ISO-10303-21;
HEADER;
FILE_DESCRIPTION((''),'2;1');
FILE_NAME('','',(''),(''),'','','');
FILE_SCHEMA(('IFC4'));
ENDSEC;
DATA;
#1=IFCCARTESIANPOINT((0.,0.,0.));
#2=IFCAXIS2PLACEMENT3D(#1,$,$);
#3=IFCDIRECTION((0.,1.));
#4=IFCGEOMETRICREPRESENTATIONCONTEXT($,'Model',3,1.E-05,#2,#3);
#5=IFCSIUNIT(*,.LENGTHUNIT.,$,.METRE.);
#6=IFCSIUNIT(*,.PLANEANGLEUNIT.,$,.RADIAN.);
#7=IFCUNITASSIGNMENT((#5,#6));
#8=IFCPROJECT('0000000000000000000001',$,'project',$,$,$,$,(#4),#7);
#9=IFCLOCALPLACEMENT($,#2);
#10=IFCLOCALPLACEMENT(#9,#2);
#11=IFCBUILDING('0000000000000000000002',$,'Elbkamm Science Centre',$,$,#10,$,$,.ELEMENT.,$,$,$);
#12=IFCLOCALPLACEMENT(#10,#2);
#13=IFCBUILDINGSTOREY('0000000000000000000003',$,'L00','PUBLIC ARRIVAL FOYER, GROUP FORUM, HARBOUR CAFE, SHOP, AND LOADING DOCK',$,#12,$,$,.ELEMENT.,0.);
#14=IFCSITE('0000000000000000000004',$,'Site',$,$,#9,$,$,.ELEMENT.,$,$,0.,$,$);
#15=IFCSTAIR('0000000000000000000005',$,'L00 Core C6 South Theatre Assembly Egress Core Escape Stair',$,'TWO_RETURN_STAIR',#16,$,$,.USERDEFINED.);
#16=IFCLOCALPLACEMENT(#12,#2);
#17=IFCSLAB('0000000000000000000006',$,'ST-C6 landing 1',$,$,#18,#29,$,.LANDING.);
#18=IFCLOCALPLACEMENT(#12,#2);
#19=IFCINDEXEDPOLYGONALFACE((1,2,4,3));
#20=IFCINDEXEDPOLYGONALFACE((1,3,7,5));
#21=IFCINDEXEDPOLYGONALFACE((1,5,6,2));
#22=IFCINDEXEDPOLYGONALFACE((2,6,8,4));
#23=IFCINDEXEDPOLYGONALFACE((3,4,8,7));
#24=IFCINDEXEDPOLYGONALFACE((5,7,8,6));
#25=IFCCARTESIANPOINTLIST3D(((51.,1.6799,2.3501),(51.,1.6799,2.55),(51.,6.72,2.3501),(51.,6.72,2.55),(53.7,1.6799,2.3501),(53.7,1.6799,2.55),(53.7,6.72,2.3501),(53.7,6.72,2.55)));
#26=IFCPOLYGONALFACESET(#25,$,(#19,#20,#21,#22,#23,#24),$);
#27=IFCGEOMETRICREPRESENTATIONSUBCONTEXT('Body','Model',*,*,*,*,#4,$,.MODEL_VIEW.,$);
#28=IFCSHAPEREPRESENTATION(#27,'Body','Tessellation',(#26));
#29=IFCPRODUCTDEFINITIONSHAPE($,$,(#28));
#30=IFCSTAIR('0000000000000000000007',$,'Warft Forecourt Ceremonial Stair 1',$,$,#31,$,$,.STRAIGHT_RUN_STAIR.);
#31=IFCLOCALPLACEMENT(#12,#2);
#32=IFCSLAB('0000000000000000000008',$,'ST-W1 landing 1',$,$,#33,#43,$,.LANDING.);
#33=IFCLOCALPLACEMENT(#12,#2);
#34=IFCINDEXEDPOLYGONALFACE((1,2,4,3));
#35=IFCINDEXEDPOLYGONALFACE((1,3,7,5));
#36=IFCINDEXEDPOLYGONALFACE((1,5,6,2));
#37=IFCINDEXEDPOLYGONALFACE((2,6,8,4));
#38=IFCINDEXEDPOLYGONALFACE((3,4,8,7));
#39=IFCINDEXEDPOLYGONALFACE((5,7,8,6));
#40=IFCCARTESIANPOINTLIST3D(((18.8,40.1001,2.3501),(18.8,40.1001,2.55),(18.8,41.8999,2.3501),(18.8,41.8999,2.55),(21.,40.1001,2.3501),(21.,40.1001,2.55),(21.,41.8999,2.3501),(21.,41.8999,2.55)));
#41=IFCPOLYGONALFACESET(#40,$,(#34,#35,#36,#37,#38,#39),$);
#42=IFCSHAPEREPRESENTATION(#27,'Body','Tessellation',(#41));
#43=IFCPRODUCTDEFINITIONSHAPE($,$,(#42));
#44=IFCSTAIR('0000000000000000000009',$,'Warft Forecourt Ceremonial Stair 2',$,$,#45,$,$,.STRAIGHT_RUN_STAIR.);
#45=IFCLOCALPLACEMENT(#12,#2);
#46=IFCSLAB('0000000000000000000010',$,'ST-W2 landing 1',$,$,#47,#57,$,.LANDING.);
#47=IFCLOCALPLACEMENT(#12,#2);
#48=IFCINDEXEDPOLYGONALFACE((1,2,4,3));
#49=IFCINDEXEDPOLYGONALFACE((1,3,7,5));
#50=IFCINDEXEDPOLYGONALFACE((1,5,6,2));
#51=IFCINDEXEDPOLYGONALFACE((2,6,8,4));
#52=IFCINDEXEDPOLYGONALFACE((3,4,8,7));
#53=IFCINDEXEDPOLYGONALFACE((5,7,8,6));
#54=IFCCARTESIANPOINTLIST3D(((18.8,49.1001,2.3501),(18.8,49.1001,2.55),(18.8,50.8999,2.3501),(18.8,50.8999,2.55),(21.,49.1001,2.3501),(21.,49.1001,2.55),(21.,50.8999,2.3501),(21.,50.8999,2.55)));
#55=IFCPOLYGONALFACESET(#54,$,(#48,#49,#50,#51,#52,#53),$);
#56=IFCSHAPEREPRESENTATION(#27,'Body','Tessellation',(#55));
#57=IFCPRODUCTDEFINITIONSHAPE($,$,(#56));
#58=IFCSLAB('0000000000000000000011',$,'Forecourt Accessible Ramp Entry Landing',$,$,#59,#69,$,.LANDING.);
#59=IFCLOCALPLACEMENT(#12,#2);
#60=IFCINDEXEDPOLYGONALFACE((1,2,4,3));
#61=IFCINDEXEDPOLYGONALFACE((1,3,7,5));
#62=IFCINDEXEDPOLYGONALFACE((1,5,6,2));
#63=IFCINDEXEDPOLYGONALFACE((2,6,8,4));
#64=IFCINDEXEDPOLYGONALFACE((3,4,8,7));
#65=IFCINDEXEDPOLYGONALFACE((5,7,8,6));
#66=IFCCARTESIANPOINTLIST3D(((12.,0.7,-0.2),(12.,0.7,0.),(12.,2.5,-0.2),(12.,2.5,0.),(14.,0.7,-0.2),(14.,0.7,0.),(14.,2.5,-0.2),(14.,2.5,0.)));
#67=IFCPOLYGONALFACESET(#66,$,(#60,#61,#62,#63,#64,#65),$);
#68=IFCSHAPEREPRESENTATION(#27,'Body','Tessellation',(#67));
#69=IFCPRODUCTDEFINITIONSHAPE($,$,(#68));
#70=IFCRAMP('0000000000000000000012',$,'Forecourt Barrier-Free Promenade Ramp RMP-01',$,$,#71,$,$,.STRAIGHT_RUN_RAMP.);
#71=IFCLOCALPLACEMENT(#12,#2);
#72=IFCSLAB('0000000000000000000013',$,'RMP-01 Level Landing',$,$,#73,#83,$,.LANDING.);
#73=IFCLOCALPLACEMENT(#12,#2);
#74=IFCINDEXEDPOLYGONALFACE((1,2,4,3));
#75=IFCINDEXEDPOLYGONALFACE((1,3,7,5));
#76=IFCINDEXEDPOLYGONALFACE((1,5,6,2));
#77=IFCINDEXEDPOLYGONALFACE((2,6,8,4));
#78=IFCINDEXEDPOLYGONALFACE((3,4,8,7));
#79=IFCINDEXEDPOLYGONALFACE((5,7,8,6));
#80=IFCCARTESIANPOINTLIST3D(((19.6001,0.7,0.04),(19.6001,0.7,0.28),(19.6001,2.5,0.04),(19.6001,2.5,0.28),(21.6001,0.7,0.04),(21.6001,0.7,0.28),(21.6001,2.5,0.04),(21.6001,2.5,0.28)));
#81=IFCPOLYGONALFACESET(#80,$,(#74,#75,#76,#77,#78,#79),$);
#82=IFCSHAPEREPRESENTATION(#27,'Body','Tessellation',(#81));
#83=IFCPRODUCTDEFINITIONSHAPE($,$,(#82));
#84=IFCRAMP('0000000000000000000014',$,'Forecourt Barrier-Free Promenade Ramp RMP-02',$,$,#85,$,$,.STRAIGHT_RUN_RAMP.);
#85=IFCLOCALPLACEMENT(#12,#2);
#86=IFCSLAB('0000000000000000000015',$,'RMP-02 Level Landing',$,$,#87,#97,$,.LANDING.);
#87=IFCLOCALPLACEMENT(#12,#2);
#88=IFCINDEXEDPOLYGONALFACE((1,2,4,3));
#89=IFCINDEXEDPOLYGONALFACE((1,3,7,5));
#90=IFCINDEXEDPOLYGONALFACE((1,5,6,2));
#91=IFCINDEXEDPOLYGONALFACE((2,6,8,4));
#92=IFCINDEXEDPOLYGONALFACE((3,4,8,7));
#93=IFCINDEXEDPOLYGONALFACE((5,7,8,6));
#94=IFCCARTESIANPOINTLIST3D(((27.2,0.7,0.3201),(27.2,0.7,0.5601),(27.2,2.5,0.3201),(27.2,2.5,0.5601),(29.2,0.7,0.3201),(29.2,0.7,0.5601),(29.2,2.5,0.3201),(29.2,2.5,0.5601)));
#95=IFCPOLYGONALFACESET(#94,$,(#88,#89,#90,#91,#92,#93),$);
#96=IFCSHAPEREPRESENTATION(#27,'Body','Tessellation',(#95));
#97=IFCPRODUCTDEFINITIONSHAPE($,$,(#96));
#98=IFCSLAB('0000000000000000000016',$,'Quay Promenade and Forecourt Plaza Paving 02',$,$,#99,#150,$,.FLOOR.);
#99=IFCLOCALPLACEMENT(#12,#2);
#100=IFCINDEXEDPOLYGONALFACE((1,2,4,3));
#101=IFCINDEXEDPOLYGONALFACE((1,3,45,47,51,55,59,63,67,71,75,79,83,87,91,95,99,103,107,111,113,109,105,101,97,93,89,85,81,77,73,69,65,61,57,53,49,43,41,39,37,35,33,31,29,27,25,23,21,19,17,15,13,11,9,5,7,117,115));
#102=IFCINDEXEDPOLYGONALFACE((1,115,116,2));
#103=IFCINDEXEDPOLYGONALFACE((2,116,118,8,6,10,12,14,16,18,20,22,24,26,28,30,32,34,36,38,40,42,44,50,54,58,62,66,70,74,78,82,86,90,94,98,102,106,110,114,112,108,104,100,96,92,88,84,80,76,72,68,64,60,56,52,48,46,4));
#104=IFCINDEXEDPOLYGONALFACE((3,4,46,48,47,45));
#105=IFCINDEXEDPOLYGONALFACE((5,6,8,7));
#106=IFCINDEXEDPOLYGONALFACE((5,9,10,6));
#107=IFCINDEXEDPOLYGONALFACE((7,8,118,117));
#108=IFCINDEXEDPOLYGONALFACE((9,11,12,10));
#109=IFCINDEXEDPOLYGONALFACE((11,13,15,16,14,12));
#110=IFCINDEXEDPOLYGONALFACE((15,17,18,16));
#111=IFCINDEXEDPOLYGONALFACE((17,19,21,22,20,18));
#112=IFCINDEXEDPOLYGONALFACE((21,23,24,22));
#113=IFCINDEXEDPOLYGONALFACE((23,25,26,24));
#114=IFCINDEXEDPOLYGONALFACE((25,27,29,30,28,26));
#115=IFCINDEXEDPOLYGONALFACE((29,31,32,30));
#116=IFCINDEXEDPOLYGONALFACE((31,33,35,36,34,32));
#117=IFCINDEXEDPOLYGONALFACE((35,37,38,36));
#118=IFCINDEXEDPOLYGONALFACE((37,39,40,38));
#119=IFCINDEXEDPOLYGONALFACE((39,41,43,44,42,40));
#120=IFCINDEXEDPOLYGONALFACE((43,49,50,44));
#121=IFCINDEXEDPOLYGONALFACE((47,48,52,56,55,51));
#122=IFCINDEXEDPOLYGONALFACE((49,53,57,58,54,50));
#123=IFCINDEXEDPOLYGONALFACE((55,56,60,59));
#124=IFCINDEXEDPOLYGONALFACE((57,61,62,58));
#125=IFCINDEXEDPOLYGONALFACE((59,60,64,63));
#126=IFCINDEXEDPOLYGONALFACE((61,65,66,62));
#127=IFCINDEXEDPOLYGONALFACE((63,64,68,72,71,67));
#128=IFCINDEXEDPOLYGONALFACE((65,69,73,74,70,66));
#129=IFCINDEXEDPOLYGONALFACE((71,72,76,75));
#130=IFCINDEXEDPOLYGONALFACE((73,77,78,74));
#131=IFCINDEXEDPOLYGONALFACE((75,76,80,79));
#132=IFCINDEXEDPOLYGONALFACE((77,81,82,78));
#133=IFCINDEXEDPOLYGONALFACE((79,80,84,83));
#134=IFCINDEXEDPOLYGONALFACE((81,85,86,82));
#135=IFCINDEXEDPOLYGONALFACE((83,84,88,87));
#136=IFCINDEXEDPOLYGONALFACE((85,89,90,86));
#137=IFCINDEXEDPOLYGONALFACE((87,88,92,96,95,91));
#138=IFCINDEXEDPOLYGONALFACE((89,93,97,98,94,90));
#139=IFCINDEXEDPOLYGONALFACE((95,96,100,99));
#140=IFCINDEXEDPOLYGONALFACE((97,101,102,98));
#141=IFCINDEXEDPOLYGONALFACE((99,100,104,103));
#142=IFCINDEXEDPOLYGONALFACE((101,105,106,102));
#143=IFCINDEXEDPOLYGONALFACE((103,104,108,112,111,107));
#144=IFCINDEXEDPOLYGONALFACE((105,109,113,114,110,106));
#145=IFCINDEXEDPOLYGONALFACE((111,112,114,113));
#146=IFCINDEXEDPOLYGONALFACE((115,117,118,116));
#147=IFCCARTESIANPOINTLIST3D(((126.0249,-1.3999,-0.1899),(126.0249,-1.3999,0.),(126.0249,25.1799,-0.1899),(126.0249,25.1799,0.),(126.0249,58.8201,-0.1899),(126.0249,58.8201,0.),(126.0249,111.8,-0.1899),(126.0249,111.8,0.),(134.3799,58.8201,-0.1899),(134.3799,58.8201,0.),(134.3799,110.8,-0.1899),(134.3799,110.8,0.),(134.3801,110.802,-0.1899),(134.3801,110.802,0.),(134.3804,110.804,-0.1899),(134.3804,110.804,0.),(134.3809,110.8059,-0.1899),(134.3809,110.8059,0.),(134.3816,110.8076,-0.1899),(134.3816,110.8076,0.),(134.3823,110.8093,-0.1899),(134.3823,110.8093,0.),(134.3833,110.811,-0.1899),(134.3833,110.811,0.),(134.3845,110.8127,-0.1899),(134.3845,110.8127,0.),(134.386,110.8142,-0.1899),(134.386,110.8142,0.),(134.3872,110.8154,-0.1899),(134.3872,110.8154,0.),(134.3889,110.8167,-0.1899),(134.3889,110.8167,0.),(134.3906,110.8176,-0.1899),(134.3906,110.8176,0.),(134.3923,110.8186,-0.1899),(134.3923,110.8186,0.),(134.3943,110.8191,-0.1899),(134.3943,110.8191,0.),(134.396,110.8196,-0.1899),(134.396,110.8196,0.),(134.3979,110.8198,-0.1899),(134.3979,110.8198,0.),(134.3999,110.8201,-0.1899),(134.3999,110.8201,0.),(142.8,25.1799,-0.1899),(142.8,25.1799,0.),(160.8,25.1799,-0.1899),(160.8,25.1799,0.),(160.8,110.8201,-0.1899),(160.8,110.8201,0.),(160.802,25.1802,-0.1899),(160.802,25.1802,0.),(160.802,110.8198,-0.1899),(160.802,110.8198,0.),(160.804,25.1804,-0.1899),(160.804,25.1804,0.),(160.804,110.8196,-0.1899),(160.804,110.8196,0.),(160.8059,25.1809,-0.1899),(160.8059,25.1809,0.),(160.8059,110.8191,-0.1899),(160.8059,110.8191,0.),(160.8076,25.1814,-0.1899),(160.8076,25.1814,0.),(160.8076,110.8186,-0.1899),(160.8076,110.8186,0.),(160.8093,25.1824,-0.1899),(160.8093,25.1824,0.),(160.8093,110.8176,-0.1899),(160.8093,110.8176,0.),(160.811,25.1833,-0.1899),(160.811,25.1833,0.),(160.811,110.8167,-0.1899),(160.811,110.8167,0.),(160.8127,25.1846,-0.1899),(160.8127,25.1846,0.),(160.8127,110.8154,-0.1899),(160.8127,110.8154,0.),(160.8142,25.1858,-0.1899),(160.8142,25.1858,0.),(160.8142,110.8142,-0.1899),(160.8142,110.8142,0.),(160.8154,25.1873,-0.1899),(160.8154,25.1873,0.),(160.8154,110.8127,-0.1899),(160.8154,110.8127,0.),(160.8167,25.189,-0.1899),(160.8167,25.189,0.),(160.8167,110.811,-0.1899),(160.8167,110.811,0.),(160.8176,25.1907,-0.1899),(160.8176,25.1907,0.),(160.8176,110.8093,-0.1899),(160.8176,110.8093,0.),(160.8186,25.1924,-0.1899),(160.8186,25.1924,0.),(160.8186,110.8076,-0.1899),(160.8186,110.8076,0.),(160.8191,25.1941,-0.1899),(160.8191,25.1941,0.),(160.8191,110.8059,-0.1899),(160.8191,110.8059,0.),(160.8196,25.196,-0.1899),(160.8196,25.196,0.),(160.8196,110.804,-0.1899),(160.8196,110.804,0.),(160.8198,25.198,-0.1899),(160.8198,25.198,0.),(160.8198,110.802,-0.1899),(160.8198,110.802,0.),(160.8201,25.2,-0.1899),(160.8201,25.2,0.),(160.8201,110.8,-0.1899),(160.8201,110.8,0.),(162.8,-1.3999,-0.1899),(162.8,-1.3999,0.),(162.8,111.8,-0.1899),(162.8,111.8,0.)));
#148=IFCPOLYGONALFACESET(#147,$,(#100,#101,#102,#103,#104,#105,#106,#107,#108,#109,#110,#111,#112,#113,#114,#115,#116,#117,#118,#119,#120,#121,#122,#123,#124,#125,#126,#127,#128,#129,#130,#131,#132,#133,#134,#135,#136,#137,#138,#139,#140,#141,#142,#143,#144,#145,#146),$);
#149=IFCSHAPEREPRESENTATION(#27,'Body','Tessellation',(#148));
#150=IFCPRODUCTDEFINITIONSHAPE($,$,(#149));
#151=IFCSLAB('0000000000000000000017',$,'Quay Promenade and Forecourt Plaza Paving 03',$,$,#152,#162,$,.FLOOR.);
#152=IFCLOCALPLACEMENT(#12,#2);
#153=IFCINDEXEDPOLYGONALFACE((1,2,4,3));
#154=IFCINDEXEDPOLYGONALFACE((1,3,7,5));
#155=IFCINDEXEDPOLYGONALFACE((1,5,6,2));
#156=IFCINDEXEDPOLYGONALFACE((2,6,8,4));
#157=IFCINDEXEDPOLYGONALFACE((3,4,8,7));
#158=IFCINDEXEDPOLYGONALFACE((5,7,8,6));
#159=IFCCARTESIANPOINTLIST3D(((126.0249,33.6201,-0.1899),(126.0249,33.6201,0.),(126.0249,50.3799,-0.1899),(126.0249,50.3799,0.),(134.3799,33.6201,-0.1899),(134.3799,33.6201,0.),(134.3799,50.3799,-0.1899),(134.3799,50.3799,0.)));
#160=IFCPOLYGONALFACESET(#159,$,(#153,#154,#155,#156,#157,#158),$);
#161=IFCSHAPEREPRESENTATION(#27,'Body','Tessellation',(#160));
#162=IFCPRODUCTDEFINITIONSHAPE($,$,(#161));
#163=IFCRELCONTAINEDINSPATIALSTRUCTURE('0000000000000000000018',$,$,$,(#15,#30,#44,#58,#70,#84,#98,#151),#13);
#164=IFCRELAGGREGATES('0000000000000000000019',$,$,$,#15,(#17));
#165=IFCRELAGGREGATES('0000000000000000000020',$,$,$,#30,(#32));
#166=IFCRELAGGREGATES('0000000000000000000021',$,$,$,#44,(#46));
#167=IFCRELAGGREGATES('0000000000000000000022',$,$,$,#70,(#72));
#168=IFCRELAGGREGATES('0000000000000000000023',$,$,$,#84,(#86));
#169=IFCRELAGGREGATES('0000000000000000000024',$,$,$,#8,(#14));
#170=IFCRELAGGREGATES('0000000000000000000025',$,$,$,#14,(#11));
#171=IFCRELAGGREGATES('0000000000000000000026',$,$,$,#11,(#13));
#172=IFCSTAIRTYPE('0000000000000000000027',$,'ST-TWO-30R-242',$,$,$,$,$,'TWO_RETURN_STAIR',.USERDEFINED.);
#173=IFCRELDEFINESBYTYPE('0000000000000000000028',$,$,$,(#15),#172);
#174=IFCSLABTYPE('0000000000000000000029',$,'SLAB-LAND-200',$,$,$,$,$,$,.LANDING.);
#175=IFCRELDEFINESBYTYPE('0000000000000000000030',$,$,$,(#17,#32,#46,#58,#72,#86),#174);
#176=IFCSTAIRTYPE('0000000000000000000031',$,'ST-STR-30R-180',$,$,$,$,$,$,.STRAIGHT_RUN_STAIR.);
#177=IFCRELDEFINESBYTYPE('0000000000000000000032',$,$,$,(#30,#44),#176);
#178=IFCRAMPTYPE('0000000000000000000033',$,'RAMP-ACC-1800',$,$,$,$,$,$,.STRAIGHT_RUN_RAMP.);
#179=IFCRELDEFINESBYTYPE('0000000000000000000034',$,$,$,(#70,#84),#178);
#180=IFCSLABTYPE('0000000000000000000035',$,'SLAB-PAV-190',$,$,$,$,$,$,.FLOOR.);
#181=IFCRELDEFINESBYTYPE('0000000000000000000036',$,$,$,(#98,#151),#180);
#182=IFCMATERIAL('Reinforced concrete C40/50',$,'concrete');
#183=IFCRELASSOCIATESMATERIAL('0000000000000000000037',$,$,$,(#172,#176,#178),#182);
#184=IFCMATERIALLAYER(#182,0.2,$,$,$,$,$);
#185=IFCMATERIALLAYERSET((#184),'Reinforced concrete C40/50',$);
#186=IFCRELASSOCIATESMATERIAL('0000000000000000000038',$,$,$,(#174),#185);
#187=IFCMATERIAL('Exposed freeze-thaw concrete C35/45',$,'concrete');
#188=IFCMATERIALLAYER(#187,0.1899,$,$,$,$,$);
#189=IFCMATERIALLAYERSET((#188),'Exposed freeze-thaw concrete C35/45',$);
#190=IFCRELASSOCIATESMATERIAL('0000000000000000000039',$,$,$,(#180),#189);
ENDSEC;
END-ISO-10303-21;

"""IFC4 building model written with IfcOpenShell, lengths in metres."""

from ifc_helpers import new_model, si_unit, direction, frame, origin, place, context, subcontext, project, spatial, polyline, outline, extrude, material, layer, layer_set, type_object, element, aggregate, save


model = new_model("IFC4")

# Units and contexts
model_context = context("Model", 3, precision=1e-05, world=origin(), true_north=direction((0.0, 1.0)))
body_context = subcontext(model_context, "Body", "Model", "MODEL_VIEW")
ifc_project = project(units=[si_unit("LENGTHUNIT", "METRE"), si_unit("PLANEANGLEUNIT", "RADIAN")], contexts=[model_context])

# Site, building, storey
site_placement = place(None, origin())
site = spatial("IfcSite", under=ifc_project, at=site_placement, Name="Site", CompositionType="ELEMENT", RefElevation=0.0)
building_placement = place(site_placement, origin())
building = spatial("IfcBuilding", under=site, at=building_placement, Name="Elbkamm Science Centre", CompositionType="ELEMENT")
storey_placement = place(building_placement, origin())
storey = spatial("IfcBuildingStorey", under=building, at=storey_placement, Name="L00", Description="PUBLIC ARRIVAL FOYER, GROUP FORUM, HARBOUR CAFE, SHOP, AND LOADING DOCK", CompositionType="ELEMENT", Elevation=0.0)

# Shared definitions
ifc_material_1 = material(Name="Reinforced concrete C40/50", Category="concrete")

# Stairs, slabs
stair_type_1 = type_object("IfcStairType", Name="ST-TWO-30R-242", ElementType="TWO_RETURN_STAIR", PredefinedType="USERDEFINED", material=ifc_material_1)
ifc_layer_1 = layer(ifc_material_1, 0.2)
ifc_layer_set_1 = layer_set([ifc_layer_1], Name="Reinforced concrete C40/50")
slab_type_1 = type_object("IfcSlabType", Name="SLAB-LAND-200", PredefinedType="LANDING", material=ifc_layer_set_1)
stair_1_placement = place(storey_placement, origin())
stair_1 = element("IfcStair", 1, at=stair_1_placement, inside=storey, type_object=stair_type_1, Name="L00 Core C6 South Theatre Assembly Egress Core Escape Stair", ObjectType="TWO_RETURN_STAIR", PredefinedType="USERDEFINED")
slab_1_placement = place(storey_placement, frame((0.0, 0.0, 2.3501)))
slab_1 = element("IfcSlab", 2, at=slab_1_placement, type_object=slab_type_1, Name="ST-C6 landing 1", PredefinedType="LANDING", context=body_context, shape_type="SweptSolid", body=[
    extrude(outline(polyline([(53.7, 6.72), (51.0, 6.72), (51.0, 1.6799), (53.7, 1.6799), (53.7, 6.72)])), origin(), (0.0, 0.0, 1.0), 0.2),
])
aggregate(stair_1, [slab_1])
stair_type_2 = type_object("IfcStairType", Name="ST-STR-30R-180", PredefinedType="STRAIGHT_RUN_STAIR", material=ifc_material_1)
stair_2_placement = place(storey_placement, origin())
stair_2 = element("IfcStair", 3, at=stair_2_placement, inside=storey, type_object=stair_type_2, Name="Warft Forecourt Ceremonial Stair 1", PredefinedType="STRAIGHT_RUN_STAIR")
slab_2_placement = place(storey_placement, frame((0.0, 0.0, 2.3501)))
slab_2 = element("IfcSlab", 4, at=slab_2_placement, type_object=slab_type_1, Name="ST-W1 landing 1", PredefinedType="LANDING", context=body_context, shape_type="SweptSolid", body=[
    extrude(outline(polyline([(18.8, 40.1001), (21.0, 40.1001), (21.0, 41.8999), (18.8, 41.8999), (18.8, 40.1001)])), origin(), (0.0, 0.0, 1.0), 0.2),
])
aggregate(stair_2, [slab_2])
stair_3_placement = place(storey_placement, origin())
stair_3 = element("IfcStair", 5, at=stair_3_placement, inside=storey, type_object=stair_type_2, Name="Warft Forecourt Ceremonial Stair 2", PredefinedType="STRAIGHT_RUN_STAIR")
slab_3_placement = place(storey_placement, frame((0.0, 0.0, 2.3501)))
slab_3 = element("IfcSlab", 6, at=slab_3_placement, type_object=slab_type_1, Name="ST-W2 landing 1", PredefinedType="LANDING", context=body_context, shape_type="SweptSolid", body=[
    extrude(outline(polyline([(18.8, 49.1001), (21.0, 49.1001), (21.0, 50.8999), (18.8, 50.8999), (18.8, 49.1001)])), origin(), (0.0, 0.0, 1.0), 0.2),
])
aggregate(stair_3, [slab_3])

# Slab
slab_4_placement = place(storey_placement, frame((0.0, 0.0, -0.2)))
element("IfcSlab", 7, at=slab_4_placement, inside=storey, type_object=slab_type_1, Name="Forecourt Accessible Ramp Entry Landing", PredefinedType="LANDING", context=body_context, shape_type="SweptSolid", body=[
    extrude(outline(polyline([(12.0, 0.7), (14.0, 0.7), (14.0, 2.5), (12.0, 2.5), (12.0, 0.7)])), origin(), (0.0, 0.0, 1.0), 0.2),
])

# Ramps, slabs
ramp_type = type_object("IfcRampType", Name="RAMP-ACC-1800", PredefinedType="STRAIGHT_RUN_RAMP", material=ifc_material_1)
ramp_1_placement = place(storey_placement, origin())
ramp_1 = element("IfcRamp", 8, at=ramp_1_placement, inside=storey, type_object=ramp_type, Name="Forecourt Barrier-Free Promenade Ramp RMP-01", PredefinedType="STRAIGHT_RUN_RAMP")
slab_5_placement = place(storey_placement, frame((0.0, 0.0, 0.04)))
slab_5 = element("IfcSlab", 9, at=slab_5_placement, type_object=slab_type_1, Name="RMP-01 Level Landing", PredefinedType="LANDING", context=body_context, shape_type="SweptSolid", body=[
    extrude(outline(polyline([(19.6001, 0.7), (21.6001, 0.7), (21.6001, 2.5), (19.6001, 2.5), (19.6001, 0.7)])), origin(), (0.0, 0.0, 1.0), 0.24),
])
aggregate(ramp_1, [slab_5])
ramp_2_placement = place(storey_placement, origin())
ramp_2 = element("IfcRamp", 10, at=ramp_2_placement, inside=storey, type_object=ramp_type, Name="Forecourt Barrier-Free Promenade Ramp RMP-02", PredefinedType="STRAIGHT_RUN_RAMP")
slab_6_placement = place(storey_placement, frame((0.0, 0.0, 0.3201)))
slab_6 = element("IfcSlab", 11, at=slab_6_placement, type_object=slab_type_1, Name="RMP-02 Level Landing", PredefinedType="LANDING", context=body_context, shape_type="SweptSolid", body=[
    extrude(outline(polyline([(27.2, 0.7), (29.2, 0.7), (29.2, 2.5), (27.2, 2.5), (27.2, 0.7)])), origin(), (0.0, 0.0, 1.0), 0.24),
])
aggregate(ramp_2, [slab_6])

# Slabs
ifc_material_2 = material(Name="Exposed freeze-thaw concrete C35/45", Category="concrete")
ifc_layer_2 = layer(ifc_material_2, 0.1899)
ifc_layer_set_2 = layer_set([ifc_layer_2], Name="Exposed freeze-thaw concrete C35/45")
slab_type_2 = type_object("IfcSlabType", Name="SLAB-PAV-190", PredefinedType="FLOOR", material=ifc_layer_set_2)
slab_7_placement = place(storey_placement, frame((0.0, 0.0, -0.1899)))
element("IfcSlab", 12, at=slab_7_placement, inside=storey, type_object=slab_type_2, Name="Quay Promenade and Forecourt Plaza Paving 02", PredefinedType="FLOOR", context=body_context, shape_type="SweptSolid", body=[
    extrude(outline(polyline([(162.8, -1.3999), (126.0249, -1.3999), (126.0249, 25.1799), (142.8, 25.1799), (160.8, 25.1799), (160.802, 25.1802), (160.804, 25.1804), (160.8059, 25.1809), (160.8076, 25.1814), (160.8093, 25.1824), (160.811, 25.1833), (160.8127, 25.1846), (160.8142, 25.1858), (160.8154, 25.1873), (160.8167, 25.189), (160.8176, 25.1907), (160.8186, 25.1924), (160.8191, 25.1941), (160.8196, 25.196), (160.8198, 25.198), (160.8201, 25.2), (160.8201, 110.8), (160.8198, 110.802), (160.8196, 110.804), (160.8191, 110.8059), (160.8186, 110.8076), (160.8176, 110.8093), (160.8167, 110.811), (160.8154, 110.8127), (160.8142, 110.8142), (160.8127, 110.8154), (160.811, 110.8167), (160.8093, 110.8176), (160.8076, 110.8186), (160.8059, 110.8191), (160.804, 110.8196), (160.802, 110.8198), (160.8, 110.8201), (134.3999, 110.8201), (134.3979, 110.8198), (134.396, 110.8196), (134.3943, 110.8191), (134.3923, 110.8186), (134.3906, 110.8176), (134.3889, 110.8167), (134.3872, 110.8154), (134.386, 110.8142), (134.3845, 110.8127), (134.3833, 110.811), (134.3823, 110.8093), (134.3816, 110.8076), (134.3809, 110.8059), (134.3804, 110.804), (134.3801, 110.802), (134.3799, 110.8), (134.3799, 58.8201), (126.0249, 58.8201), (126.0249, 111.8), (162.8, 111.8), (162.8, -1.3999)])), origin(), (0.0, 0.0, 1.0), 0.1899),
])
slab_8_placement = place(storey_placement, frame((0.0, 0.0, -0.1899)))
element("IfcSlab", 13, at=slab_8_placement, inside=storey, type_object=slab_type_2, Name="Quay Promenade and Forecourt Plaza Paving 03", PredefinedType="FLOOR", context=body_context, shape_type="SweptSolid", body=[
    extrude(outline(polyline([(134.3799, 50.3799), (134.3799, 33.6201), (126.0249, 33.6201), (126.0249, 50.3799), (134.3799, 50.3799)])), origin(), (0.0, 0.0, 1.0), 0.1899),
])

save(model, "model.ifc")
